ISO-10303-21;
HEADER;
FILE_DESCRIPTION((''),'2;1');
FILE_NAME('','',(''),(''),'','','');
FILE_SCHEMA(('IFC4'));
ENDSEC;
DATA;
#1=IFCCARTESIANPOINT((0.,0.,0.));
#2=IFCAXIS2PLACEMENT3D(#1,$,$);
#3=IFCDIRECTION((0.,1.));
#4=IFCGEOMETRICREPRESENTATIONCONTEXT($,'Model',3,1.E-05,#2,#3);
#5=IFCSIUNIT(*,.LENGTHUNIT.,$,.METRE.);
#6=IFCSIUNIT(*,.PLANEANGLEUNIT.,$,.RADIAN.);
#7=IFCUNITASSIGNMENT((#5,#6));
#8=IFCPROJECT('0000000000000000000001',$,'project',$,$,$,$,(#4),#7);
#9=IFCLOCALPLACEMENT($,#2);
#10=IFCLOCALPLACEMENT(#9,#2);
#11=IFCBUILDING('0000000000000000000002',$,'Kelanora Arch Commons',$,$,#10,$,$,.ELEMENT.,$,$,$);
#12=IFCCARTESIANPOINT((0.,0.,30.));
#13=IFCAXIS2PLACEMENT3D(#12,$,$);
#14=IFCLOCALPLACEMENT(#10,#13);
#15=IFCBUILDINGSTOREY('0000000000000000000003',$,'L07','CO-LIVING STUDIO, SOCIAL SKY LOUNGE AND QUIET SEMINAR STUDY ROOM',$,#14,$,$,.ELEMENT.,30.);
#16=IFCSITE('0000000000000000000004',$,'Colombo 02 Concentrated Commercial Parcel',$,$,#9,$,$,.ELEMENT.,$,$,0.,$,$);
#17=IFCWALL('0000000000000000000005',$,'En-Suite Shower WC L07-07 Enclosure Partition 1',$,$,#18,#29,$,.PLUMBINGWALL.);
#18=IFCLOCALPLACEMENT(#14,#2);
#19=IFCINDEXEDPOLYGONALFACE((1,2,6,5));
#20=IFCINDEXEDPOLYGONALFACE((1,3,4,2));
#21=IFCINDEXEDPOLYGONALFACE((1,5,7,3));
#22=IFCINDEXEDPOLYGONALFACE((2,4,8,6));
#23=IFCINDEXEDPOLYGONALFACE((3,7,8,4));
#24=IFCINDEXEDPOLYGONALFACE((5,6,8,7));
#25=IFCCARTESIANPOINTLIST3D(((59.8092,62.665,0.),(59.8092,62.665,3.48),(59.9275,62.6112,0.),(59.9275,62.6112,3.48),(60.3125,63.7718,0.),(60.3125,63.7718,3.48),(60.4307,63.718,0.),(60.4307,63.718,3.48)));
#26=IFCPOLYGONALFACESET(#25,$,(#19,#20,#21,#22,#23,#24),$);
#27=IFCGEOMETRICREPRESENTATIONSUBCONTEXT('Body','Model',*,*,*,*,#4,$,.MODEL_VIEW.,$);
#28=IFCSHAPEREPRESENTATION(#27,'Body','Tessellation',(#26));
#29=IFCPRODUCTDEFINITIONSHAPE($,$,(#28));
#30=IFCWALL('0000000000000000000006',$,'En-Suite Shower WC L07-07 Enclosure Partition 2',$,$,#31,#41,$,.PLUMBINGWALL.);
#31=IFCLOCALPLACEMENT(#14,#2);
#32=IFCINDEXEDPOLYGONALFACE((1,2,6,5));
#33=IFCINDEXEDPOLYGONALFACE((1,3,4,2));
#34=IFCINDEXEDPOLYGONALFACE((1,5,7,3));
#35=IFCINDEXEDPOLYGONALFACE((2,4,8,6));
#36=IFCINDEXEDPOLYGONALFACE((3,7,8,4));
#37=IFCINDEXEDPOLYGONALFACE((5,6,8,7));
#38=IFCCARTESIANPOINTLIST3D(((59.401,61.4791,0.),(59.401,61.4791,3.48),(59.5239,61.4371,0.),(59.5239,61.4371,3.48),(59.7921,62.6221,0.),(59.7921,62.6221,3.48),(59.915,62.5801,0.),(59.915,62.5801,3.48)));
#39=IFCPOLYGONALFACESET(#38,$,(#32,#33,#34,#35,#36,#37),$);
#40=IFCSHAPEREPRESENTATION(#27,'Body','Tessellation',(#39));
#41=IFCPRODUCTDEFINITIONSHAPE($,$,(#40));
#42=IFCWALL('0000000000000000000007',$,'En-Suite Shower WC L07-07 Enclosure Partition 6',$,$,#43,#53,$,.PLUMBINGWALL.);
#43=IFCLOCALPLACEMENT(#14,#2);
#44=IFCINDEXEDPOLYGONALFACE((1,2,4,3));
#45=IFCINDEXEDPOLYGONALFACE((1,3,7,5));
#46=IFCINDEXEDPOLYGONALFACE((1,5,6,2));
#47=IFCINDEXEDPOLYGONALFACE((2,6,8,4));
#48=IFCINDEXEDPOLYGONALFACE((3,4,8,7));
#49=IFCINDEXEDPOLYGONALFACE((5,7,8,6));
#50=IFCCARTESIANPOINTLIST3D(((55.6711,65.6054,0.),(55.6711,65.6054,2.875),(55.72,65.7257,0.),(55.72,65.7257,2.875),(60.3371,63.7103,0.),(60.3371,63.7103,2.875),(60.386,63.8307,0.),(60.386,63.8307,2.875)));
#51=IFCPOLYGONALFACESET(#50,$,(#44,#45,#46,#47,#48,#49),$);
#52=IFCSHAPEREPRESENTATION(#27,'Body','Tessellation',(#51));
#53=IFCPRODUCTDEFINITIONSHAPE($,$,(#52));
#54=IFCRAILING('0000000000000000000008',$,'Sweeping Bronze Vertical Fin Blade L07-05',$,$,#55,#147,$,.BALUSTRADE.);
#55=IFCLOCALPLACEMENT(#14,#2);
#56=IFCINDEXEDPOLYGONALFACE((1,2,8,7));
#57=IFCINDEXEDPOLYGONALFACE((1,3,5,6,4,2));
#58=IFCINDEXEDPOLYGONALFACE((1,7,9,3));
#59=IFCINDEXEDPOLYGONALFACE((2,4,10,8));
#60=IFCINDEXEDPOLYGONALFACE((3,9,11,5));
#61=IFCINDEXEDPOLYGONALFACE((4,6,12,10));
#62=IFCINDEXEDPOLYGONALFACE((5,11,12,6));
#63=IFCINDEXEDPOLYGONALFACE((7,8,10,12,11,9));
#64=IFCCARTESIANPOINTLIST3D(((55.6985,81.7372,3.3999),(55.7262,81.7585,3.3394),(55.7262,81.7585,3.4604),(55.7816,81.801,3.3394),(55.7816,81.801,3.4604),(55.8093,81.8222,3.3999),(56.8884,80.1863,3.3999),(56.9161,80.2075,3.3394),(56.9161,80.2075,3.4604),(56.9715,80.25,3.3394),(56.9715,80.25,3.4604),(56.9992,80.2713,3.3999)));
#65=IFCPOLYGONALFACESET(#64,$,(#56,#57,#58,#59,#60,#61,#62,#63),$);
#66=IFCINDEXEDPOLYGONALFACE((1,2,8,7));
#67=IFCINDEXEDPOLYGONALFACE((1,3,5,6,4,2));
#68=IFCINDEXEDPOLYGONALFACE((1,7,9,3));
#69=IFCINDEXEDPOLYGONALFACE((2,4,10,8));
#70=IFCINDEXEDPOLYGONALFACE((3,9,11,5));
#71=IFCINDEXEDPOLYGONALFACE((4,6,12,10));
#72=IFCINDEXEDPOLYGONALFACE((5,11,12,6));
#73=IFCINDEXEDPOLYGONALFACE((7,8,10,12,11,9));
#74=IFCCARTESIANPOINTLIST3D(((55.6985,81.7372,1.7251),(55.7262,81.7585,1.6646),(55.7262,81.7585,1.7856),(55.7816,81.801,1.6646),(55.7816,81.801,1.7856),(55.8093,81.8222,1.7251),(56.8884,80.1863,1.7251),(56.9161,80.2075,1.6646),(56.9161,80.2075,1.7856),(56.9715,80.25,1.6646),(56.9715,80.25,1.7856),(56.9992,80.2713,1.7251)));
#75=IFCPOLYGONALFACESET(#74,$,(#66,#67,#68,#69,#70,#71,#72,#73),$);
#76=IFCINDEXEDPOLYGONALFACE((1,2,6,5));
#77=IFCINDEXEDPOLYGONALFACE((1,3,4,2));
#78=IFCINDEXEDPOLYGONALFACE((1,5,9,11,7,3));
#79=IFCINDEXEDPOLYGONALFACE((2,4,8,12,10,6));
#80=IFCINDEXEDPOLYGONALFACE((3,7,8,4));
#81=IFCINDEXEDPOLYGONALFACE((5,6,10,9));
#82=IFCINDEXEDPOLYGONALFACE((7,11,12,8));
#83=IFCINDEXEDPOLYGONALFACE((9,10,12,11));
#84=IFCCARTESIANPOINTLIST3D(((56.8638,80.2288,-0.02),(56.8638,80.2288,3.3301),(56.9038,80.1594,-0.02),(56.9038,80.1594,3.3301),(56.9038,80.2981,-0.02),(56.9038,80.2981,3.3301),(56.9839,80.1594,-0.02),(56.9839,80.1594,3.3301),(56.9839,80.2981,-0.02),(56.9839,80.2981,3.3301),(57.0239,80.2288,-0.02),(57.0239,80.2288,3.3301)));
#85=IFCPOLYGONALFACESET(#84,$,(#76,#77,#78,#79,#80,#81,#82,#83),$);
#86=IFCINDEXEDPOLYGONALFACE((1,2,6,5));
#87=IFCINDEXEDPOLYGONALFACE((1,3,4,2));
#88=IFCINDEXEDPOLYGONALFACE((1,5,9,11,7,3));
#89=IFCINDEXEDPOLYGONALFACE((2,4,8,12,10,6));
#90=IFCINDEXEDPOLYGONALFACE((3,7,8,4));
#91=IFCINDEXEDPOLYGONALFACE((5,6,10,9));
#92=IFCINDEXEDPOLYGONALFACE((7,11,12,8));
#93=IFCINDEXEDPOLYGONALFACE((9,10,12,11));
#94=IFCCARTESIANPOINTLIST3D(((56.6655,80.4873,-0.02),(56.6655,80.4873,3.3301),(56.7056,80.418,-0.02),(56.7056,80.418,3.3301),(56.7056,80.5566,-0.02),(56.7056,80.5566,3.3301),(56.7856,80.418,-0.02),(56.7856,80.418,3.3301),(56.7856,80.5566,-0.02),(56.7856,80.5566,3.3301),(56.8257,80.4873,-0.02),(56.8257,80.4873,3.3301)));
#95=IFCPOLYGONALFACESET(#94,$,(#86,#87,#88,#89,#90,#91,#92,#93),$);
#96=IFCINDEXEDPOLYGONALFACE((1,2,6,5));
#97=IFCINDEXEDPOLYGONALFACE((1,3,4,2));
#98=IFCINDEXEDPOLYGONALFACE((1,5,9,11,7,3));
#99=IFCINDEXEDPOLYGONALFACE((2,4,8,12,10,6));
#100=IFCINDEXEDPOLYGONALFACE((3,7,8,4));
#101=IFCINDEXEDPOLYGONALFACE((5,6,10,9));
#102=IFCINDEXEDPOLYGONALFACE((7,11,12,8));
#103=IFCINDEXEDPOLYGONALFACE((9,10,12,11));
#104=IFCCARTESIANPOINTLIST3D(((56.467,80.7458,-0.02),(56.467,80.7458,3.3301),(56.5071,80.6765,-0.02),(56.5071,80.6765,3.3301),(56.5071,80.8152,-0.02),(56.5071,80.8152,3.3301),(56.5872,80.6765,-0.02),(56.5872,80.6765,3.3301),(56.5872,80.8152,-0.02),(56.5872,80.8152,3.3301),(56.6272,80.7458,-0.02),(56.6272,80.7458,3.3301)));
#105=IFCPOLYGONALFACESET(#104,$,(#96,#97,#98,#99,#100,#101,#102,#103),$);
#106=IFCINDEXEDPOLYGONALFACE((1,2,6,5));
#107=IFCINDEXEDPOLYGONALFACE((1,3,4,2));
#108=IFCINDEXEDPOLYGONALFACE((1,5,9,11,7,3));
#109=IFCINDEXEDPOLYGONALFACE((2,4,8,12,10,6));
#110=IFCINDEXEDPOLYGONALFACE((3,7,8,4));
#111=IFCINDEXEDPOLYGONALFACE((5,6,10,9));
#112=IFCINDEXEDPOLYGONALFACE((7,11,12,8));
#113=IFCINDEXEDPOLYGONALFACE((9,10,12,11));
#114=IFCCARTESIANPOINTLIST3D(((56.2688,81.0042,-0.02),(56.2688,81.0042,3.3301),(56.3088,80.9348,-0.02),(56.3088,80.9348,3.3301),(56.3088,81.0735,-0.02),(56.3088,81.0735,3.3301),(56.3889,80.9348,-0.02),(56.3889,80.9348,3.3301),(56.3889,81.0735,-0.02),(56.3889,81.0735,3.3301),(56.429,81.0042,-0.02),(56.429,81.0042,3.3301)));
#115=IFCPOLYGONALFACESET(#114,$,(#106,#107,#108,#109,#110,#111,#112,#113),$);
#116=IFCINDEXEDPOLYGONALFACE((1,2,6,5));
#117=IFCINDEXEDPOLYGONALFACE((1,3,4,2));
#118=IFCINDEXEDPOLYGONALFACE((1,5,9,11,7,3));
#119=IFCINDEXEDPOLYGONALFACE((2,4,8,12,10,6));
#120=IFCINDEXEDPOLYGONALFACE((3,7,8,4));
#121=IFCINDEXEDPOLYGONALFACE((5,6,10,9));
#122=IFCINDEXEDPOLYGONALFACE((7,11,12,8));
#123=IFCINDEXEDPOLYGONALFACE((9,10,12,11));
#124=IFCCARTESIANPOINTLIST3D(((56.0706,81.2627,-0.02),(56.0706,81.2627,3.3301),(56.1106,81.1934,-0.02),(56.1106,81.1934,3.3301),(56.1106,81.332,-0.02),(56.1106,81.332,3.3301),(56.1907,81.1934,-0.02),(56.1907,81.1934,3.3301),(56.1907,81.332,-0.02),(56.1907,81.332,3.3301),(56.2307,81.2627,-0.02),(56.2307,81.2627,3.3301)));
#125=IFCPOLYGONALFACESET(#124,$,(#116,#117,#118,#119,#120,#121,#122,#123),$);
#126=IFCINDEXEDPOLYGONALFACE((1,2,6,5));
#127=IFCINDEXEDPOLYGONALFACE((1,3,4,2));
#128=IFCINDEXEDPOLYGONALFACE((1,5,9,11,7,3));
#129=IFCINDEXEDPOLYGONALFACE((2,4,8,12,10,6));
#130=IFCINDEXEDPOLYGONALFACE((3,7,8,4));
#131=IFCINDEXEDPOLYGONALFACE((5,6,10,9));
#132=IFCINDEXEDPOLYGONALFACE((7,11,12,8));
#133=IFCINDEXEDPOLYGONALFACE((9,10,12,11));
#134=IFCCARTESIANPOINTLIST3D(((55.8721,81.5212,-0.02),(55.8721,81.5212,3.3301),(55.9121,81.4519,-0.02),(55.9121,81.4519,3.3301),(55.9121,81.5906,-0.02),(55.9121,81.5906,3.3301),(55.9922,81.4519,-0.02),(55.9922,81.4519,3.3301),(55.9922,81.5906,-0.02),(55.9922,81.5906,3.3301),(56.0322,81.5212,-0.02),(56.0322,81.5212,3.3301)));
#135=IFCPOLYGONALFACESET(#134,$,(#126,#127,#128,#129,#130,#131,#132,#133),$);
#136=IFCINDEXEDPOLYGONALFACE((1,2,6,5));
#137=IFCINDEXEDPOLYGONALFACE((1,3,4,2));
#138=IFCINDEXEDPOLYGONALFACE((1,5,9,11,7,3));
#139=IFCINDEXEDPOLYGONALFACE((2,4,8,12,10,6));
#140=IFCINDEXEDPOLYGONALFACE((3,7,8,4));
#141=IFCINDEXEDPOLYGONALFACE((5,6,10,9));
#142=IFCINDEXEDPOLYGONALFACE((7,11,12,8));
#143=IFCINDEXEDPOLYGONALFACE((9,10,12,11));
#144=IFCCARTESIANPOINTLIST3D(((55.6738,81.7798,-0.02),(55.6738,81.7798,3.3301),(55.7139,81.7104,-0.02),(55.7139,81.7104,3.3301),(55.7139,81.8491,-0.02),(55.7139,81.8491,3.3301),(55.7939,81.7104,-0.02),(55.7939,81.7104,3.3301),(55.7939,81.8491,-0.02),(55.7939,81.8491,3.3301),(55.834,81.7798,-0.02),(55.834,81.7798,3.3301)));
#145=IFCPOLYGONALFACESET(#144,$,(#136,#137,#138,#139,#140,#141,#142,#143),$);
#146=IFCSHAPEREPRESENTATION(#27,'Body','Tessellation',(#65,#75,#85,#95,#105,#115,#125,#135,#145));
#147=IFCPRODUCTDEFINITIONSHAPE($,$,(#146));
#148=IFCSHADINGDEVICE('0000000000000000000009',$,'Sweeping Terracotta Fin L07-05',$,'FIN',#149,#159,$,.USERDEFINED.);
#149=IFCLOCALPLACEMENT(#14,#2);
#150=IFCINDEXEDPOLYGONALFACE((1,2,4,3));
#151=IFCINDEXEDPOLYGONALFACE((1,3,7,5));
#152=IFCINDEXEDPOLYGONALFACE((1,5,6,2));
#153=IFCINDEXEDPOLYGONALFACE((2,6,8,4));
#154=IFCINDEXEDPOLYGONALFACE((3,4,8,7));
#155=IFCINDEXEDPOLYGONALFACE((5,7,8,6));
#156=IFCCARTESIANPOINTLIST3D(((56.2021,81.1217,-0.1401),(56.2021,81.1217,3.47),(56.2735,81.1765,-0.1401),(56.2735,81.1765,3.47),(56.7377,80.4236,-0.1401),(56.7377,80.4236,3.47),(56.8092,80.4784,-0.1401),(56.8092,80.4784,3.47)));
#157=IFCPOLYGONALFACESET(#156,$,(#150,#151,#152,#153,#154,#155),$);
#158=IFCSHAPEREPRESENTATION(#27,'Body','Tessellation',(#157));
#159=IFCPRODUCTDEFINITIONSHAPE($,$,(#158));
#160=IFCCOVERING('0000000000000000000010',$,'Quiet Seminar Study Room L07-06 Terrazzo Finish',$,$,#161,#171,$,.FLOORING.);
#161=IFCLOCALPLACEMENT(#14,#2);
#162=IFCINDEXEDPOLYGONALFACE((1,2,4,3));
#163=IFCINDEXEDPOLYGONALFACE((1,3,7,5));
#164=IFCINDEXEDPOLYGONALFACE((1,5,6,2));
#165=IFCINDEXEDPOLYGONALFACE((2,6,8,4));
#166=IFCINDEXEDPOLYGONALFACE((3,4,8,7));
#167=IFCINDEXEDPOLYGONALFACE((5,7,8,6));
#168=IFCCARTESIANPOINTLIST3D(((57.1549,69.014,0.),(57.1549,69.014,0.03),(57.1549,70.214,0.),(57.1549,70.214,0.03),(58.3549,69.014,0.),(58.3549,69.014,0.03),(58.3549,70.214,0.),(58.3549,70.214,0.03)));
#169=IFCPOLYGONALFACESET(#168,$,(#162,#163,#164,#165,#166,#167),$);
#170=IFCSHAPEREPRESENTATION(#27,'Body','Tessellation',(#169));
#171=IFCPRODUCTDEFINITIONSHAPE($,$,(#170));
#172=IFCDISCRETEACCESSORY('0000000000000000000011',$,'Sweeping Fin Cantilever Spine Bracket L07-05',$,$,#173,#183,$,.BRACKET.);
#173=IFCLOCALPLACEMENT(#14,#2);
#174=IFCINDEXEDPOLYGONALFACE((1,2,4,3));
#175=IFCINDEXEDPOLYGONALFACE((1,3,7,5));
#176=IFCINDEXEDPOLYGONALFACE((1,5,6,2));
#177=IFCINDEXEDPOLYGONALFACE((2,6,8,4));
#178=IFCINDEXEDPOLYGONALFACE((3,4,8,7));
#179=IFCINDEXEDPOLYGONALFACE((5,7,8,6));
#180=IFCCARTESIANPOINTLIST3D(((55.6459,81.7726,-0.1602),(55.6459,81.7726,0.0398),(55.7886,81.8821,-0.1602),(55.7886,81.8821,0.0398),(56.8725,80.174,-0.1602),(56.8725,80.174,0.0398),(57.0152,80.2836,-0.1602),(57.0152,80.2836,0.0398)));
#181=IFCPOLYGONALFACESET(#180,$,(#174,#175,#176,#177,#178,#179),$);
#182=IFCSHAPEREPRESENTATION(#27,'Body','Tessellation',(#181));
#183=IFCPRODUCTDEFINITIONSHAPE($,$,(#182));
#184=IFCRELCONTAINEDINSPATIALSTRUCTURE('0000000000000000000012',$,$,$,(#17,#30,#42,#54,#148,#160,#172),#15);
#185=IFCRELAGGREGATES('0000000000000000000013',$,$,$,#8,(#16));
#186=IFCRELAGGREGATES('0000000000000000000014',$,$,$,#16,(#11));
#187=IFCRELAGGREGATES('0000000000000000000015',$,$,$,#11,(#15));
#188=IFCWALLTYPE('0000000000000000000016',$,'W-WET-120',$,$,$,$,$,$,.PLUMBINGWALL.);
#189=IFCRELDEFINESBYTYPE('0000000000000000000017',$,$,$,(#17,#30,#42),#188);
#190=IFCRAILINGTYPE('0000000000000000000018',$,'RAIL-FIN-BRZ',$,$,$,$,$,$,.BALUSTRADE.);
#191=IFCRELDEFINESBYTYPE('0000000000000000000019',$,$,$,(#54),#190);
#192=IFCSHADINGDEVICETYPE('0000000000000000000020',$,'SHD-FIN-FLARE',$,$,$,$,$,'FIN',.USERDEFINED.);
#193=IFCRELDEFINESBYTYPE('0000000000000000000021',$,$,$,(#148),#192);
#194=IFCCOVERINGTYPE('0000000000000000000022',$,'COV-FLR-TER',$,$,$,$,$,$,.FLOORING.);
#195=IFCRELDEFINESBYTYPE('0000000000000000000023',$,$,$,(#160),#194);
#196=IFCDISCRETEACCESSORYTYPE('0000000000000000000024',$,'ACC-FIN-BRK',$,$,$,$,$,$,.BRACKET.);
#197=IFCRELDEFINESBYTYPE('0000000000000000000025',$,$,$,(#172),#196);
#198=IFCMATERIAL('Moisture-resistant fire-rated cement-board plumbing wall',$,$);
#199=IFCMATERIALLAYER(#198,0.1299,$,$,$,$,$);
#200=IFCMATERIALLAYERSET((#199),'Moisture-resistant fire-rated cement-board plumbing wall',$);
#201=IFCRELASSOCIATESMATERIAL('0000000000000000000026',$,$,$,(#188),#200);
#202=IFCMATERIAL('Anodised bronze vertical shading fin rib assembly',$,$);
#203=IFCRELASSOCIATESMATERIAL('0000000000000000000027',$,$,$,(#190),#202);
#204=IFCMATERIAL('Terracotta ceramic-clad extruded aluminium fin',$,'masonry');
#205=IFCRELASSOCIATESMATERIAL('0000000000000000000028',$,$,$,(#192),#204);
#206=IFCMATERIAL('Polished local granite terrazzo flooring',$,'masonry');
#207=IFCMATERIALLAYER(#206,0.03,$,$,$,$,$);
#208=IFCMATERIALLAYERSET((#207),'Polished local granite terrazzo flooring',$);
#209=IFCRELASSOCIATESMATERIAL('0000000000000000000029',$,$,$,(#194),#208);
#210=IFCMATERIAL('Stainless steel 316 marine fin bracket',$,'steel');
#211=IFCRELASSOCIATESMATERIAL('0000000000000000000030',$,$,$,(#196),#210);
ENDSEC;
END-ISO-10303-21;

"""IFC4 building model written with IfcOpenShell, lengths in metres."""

from ifc_helpers import new_model, si_unit, direction, frame, frame_2d, origin, origin_2d, place, context, subcontext, project, spatial, polyline, rectangle, outline, extrude, source, transform, mapped, material, layer, layer_set, type_object, element, save


model = new_model("IFC4")

# Units and contexts
model_context = context("Model", 3, precision=1e-05, world=origin(), true_north=direction((0.0, 1.0)))
body_context = subcontext(model_context, "Body", "Model", "MODEL_VIEW")
ifc_project = project(units=[si_unit("LENGTHUNIT", "METRE"), si_unit("PLANEANGLEUNIT", "RADIAN")], contexts=[model_context])

# Site, building, storey
site_placement = place(None, origin())
site = spatial("IfcSite", under=ifc_project, at=site_placement, Name="Colombo 02 Concentrated Commercial Parcel", CompositionType="ELEMENT", RefElevation=0.0)
building_placement = place(site_placement, origin())
building = spatial("IfcBuilding", under=site, at=building_placement, Name="Kelanora Arch Commons", CompositionType="ELEMENT")
storey_placement = place(building_placement, frame((0.0, 0.0, 30.0)))
storey = spatial("IfcBuildingStorey", under=building, at=storey_placement, Name="L07", Description="CO-LIVING STUDIO, SOCIAL SKY LOUNGE AND QUIET SEMINAR STUDY ROOM", CompositionType="ELEMENT", Elevation=30.0)

# Shared definitions
ifc_material_1 = material(Name="Moisture-resistant fire-rated cement-board plumbing wall")
ifc_layer_1 = layer(ifc_material_1, 0.1299)
ifc_layer_set_1 = layer_set([ifc_layer_1], Name="Moisture-resistant fire-rated cement-board plumbing wall")
wall_type_1 = type_object("IfcWallType", Name="W-WET-120", PredefinedType="PLUMBINGWALL", material=ifc_layer_set_1)

# Walls
wall_1_placement = place(storey_placement, frame((60.3716, 63.7449, 0.0), z_axis=(0.0, 0.0, 1.0), x_axis=(-0.413894, -0.910325, 0.0)))
element("IfcWall", 1, at=wall_1_placement, inside=storey, type_object=wall_type_1, Name="En-Suite Shower WC L07-07 Enclosure Partition 1", PredefinedType="PLUMBINGWALL", context=body_context, shape_type="SweptSolid", body=[
    extrude(rectangle(XDim=1.2158, YDim=0.1299, at=frame_2d((0.6079, 0.0))), origin(), (0.0, 0.0, 1.0), 3.48),
])
wall_2_placement = place(storey_placement, frame((59.8535, 62.6011, 0.0), z_axis=(0.0, 0.0, 1.0), x_axis=(-0.323735, -0.946148, 0.0)))
element("IfcWall", 2, at=wall_2_placement, inside=storey, type_object=wall_type_1, Name="En-Suite Shower WC L07-07 Enclosure Partition 2", PredefinedType="PLUMBINGWALL", context=body_context, shape_type="SweptSolid", body=[
    extrude(rectangle(XDim=1.208, YDim=0.1299, at=frame_2d((0.604, 0.0))), origin(), (0.0, 0.0, 1.0), 3.48),
])
wall_3_placement = place(storey_placement, frame((55.6956, 65.6655, 0.0), z_axis=(0.0, 0.0, 1.0), x_axis=(0.926505, -0.376283, 0.0)))
element("IfcWall", 3, at=wall_3_placement, inside=storey, type_object=wall_type_1, Name="En-Suite Shower WC L07-07 Enclosure Partition 6", PredefinedType="PLUMBINGWALL", context=body_context, shape_type="SweptSolid", body=[
    extrude(rectangle(XDim=5.0361, YDim=0.1299, at=frame_2d((2.5181, 0.0))), origin(), (0.0, 0.0, 1.0), 2.875),
])

# Railing
ifc_material_2 = material(Name="Anodised bronze vertical shading fin rib assembly")
railing_type = type_object("IfcRailingType", Name="RAIL-FIN-BRZ", PredefinedType="BALUSTRADE", material=ifc_material_2)
railing_placement = place(storey_placement, frame((56.9438, 80.2288, -0.02)))
element("IfcRailing", 4, at=railing_placement, inside=storey, type_object=railing_type, Name="Sweeping Bronze Vertical Fin Blade L07-05", PredefinedType="BALUSTRADE", context=body_context, shape_type="SweptSolid", body=[
    extrude(outline(polyline([(0.0698, 0.0), (0.0349, 0.0605), (-0.0349, 0.0605), (-0.0698, 0.0), (-0.0349, -0.0605), (0.0349, -0.0605), (0.0698, 0.0)])), frame((0.0, 0.0, 3.4199), z_axis=(-0.608696, 0.793403, 0.0), x_axis=(-0.793403, -0.608696, 0.0)), (0.0, 0.0, 1.0), 1.9548),
    extrude(outline(polyline([(0.0698, 0.0), (0.0349, 0.0605), (-0.0349, 0.0605), (-0.0698, 0.0), (-0.0349, -0.0605), (0.0349, -0.0605), (0.0698, 0.0)])), frame((0.0, 0.0, 1.7451), z_axis=(-0.608696, 0.793403, 0.0), x_axis=(-0.793403, -0.608696, 0.0)), (0.0, 0.0, 1.0), 1.9548),
    extrude(outline(polyline([(0.0801, 0.0), (0.04, 0.0693), (-0.04, 0.0693), (-0.0801, 0.0), (-0.04, -0.0693), (0.04, -0.0693), (0.0801, 0.0)])), origin(), (0.0, 0.0, 1.0), 3.3501),
    extrude(outline(polyline([(0.0801, 0.0), (0.04, 0.0693), (-0.04, 0.0693), (-0.0801, 0.0), (-0.04, -0.0693), (0.04, -0.0693), (0.0801, 0.0)])), frame((-0.1982, 0.2585, 0.0)), (0.0, 0.0, 1.0), 3.3501),
    extrude(outline(polyline([(0.0801, 0.0), (0.04, 0.0693), (-0.04, 0.0693), (-0.0801, 0.0), (-0.04, -0.0693), (0.04, -0.0693), (0.0801, 0.0)])), frame((-0.3967, 0.5171, 0.0)), (0.0, 0.0, 1.0), 3.3501),
    extrude(outline(polyline([(0.0801, 0.0), (0.04, 0.0693), (-0.04, 0.0693), (-0.0801, 0.0), (-0.04, -0.0693), (0.04, -0.0693), (0.0801, 0.0)])), frame((-0.595, 0.7754, 0.0)), (0.0, 0.0, 1.0), 3.3501),
    extrude(outline(polyline([(0.0801, 0.0), (0.04, 0.0693), (-0.04, 0.0693), (-0.0801, 0.0), (-0.04, -0.0693), (0.04, -0.0693), (0.0801, 0.0)])), frame((-0.7932, 1.0339, 0.0)), (0.0, 0.0, 1.0), 3.3501),
    extrude(outline(polyline([(0.0801, 0.0), (0.04, 0.0693), (-0.04, 0.0693), (-0.0801, 0.0), (-0.04, -0.0693), (0.04, -0.0693), (0.0801, 0.0)])), frame((-0.9917, 1.2925, 0.0)), (0.0, 0.0, 1.0), 3.3501),
    extrude(outline(polyline([(0.0801, 0.0), (0.04, 0.0693), (-0.04, 0.0693), (-0.0801, 0.0), (-0.04, -0.0693), (0.04, -0.0693), (0.0801, 0.0)])), frame((-1.1899, 1.551, 0.0)), (0.0, 0.0, 1.0), 3.3501),
])

# Shading device
ifc_material_3 = material(Name="Terracotta ceramic-clad extruded aluminium fin", Category="masonry")
shading_device_type = type_object("IfcShadingDeviceType", Name="SHD-FIN-FLARE", ElementType="FIN", PredefinedType="USERDEFINED", material=ifc_material_3)
shared_shape_1 = source(origin(), body_context, "Body", "SweptSolid", [
    extrude(rectangle(XDim=0.8799, YDim=0.0901, at=origin_2d()), origin(), (0.0, 0.0, 1.0), 3.6101),
])
shading_device_placement = place(storey_placement, frame((56.5056, 80.8, -0.1401), z_axis=(0.0, 0.0, 1.0), x_axis=(-0.608761, 0.793353, 0.0)))
element("IfcShadingDevice", 5, at=shading_device_placement, inside=storey, type_object=shading_device_type, Name="Sweeping Terracotta Fin L07-05", ObjectType="FIN", PredefinedType="USERDEFINED", context=body_context, shape_type="MappedRepresentation", body=[
    mapped(shared_shape_1, transform((0.0, 0.0, 0.0), scale=1.0)),
])

# Covering
ifc_material_4 = material(Name="Polished local granite terrazzo flooring", Category="masonry")
ifc_layer_2 = layer(ifc_material_4, 0.03)
ifc_layer_set_2 = layer_set([ifc_layer_2], Name="Polished local granite terrazzo flooring")
covering_type = type_object("IfcCoveringType", Name="COV-FLR-TER", PredefinedType="FLOORING", material=ifc_layer_set_2)
shared_shape_2 = source(origin(), body_context, "Body", "SweptSolid", [
    extrude(rectangle(XDim=1.2, YDim=1.2, at=origin_2d()), origin(), (0.0, 0.0, 1.0), 0.03),
])
covering_placement = place(storey_placement, frame((57.7549, 69.614, 0.0), z_axis=(0.0, 0.0, 1.0), x_axis=(1.0, 0.0, 0.0)))
element("IfcCovering", 6, at=covering_placement, inside=storey, type_object=covering_type, Name="Quiet Seminar Study Room L07-06 Terrazzo Finish", PredefinedType="FLOORING", context=body_context, shape_type="MappedRepresentation", body=[
    mapped(shared_shape_2, transform((0.0, 0.0, 0.0), scale=1.0)),
])

# Discrete accessory
ifc_material_5 = material(Name="Stainless steel 316 marine fin bracket", Category="steel")
discrete_accessory_type = type_object("IfcDiscreteAccessoryType", Name="ACC-FIN-BRK", PredefinedType="BRACKET", material=ifc_material_5)
shared_shape_3 = source(origin(), body_context, "Body", "SweptSolid", [
    extrude(rectangle(XDim=2.0149, YDim=0.1799, at=origin_2d()), origin(), (0.0, 0.0, 1.0), 0.2),
])
discrete_accessory_placement = place(storey_placement, frame((56.3306, 81.0281, -0.1602), z_axis=(0.0, 0.0, 1.0), x_axis=(-0.608761, 0.793353, 0.0)))
element("IfcDiscreteAccessory", 7, at=discrete_accessory_placement, inside=storey, type_object=discrete_accessory_type, Name="Sweeping Fin Cantilever Spine Bracket L07-05", PredefinedType="BRACKET", context=body_context, shape_type="MappedRepresentation", body=[
    mapped(shared_shape_3, transform((0.0, 0.0, 0.0), scale=1.0)),
])

save(model, "model.ifc")
